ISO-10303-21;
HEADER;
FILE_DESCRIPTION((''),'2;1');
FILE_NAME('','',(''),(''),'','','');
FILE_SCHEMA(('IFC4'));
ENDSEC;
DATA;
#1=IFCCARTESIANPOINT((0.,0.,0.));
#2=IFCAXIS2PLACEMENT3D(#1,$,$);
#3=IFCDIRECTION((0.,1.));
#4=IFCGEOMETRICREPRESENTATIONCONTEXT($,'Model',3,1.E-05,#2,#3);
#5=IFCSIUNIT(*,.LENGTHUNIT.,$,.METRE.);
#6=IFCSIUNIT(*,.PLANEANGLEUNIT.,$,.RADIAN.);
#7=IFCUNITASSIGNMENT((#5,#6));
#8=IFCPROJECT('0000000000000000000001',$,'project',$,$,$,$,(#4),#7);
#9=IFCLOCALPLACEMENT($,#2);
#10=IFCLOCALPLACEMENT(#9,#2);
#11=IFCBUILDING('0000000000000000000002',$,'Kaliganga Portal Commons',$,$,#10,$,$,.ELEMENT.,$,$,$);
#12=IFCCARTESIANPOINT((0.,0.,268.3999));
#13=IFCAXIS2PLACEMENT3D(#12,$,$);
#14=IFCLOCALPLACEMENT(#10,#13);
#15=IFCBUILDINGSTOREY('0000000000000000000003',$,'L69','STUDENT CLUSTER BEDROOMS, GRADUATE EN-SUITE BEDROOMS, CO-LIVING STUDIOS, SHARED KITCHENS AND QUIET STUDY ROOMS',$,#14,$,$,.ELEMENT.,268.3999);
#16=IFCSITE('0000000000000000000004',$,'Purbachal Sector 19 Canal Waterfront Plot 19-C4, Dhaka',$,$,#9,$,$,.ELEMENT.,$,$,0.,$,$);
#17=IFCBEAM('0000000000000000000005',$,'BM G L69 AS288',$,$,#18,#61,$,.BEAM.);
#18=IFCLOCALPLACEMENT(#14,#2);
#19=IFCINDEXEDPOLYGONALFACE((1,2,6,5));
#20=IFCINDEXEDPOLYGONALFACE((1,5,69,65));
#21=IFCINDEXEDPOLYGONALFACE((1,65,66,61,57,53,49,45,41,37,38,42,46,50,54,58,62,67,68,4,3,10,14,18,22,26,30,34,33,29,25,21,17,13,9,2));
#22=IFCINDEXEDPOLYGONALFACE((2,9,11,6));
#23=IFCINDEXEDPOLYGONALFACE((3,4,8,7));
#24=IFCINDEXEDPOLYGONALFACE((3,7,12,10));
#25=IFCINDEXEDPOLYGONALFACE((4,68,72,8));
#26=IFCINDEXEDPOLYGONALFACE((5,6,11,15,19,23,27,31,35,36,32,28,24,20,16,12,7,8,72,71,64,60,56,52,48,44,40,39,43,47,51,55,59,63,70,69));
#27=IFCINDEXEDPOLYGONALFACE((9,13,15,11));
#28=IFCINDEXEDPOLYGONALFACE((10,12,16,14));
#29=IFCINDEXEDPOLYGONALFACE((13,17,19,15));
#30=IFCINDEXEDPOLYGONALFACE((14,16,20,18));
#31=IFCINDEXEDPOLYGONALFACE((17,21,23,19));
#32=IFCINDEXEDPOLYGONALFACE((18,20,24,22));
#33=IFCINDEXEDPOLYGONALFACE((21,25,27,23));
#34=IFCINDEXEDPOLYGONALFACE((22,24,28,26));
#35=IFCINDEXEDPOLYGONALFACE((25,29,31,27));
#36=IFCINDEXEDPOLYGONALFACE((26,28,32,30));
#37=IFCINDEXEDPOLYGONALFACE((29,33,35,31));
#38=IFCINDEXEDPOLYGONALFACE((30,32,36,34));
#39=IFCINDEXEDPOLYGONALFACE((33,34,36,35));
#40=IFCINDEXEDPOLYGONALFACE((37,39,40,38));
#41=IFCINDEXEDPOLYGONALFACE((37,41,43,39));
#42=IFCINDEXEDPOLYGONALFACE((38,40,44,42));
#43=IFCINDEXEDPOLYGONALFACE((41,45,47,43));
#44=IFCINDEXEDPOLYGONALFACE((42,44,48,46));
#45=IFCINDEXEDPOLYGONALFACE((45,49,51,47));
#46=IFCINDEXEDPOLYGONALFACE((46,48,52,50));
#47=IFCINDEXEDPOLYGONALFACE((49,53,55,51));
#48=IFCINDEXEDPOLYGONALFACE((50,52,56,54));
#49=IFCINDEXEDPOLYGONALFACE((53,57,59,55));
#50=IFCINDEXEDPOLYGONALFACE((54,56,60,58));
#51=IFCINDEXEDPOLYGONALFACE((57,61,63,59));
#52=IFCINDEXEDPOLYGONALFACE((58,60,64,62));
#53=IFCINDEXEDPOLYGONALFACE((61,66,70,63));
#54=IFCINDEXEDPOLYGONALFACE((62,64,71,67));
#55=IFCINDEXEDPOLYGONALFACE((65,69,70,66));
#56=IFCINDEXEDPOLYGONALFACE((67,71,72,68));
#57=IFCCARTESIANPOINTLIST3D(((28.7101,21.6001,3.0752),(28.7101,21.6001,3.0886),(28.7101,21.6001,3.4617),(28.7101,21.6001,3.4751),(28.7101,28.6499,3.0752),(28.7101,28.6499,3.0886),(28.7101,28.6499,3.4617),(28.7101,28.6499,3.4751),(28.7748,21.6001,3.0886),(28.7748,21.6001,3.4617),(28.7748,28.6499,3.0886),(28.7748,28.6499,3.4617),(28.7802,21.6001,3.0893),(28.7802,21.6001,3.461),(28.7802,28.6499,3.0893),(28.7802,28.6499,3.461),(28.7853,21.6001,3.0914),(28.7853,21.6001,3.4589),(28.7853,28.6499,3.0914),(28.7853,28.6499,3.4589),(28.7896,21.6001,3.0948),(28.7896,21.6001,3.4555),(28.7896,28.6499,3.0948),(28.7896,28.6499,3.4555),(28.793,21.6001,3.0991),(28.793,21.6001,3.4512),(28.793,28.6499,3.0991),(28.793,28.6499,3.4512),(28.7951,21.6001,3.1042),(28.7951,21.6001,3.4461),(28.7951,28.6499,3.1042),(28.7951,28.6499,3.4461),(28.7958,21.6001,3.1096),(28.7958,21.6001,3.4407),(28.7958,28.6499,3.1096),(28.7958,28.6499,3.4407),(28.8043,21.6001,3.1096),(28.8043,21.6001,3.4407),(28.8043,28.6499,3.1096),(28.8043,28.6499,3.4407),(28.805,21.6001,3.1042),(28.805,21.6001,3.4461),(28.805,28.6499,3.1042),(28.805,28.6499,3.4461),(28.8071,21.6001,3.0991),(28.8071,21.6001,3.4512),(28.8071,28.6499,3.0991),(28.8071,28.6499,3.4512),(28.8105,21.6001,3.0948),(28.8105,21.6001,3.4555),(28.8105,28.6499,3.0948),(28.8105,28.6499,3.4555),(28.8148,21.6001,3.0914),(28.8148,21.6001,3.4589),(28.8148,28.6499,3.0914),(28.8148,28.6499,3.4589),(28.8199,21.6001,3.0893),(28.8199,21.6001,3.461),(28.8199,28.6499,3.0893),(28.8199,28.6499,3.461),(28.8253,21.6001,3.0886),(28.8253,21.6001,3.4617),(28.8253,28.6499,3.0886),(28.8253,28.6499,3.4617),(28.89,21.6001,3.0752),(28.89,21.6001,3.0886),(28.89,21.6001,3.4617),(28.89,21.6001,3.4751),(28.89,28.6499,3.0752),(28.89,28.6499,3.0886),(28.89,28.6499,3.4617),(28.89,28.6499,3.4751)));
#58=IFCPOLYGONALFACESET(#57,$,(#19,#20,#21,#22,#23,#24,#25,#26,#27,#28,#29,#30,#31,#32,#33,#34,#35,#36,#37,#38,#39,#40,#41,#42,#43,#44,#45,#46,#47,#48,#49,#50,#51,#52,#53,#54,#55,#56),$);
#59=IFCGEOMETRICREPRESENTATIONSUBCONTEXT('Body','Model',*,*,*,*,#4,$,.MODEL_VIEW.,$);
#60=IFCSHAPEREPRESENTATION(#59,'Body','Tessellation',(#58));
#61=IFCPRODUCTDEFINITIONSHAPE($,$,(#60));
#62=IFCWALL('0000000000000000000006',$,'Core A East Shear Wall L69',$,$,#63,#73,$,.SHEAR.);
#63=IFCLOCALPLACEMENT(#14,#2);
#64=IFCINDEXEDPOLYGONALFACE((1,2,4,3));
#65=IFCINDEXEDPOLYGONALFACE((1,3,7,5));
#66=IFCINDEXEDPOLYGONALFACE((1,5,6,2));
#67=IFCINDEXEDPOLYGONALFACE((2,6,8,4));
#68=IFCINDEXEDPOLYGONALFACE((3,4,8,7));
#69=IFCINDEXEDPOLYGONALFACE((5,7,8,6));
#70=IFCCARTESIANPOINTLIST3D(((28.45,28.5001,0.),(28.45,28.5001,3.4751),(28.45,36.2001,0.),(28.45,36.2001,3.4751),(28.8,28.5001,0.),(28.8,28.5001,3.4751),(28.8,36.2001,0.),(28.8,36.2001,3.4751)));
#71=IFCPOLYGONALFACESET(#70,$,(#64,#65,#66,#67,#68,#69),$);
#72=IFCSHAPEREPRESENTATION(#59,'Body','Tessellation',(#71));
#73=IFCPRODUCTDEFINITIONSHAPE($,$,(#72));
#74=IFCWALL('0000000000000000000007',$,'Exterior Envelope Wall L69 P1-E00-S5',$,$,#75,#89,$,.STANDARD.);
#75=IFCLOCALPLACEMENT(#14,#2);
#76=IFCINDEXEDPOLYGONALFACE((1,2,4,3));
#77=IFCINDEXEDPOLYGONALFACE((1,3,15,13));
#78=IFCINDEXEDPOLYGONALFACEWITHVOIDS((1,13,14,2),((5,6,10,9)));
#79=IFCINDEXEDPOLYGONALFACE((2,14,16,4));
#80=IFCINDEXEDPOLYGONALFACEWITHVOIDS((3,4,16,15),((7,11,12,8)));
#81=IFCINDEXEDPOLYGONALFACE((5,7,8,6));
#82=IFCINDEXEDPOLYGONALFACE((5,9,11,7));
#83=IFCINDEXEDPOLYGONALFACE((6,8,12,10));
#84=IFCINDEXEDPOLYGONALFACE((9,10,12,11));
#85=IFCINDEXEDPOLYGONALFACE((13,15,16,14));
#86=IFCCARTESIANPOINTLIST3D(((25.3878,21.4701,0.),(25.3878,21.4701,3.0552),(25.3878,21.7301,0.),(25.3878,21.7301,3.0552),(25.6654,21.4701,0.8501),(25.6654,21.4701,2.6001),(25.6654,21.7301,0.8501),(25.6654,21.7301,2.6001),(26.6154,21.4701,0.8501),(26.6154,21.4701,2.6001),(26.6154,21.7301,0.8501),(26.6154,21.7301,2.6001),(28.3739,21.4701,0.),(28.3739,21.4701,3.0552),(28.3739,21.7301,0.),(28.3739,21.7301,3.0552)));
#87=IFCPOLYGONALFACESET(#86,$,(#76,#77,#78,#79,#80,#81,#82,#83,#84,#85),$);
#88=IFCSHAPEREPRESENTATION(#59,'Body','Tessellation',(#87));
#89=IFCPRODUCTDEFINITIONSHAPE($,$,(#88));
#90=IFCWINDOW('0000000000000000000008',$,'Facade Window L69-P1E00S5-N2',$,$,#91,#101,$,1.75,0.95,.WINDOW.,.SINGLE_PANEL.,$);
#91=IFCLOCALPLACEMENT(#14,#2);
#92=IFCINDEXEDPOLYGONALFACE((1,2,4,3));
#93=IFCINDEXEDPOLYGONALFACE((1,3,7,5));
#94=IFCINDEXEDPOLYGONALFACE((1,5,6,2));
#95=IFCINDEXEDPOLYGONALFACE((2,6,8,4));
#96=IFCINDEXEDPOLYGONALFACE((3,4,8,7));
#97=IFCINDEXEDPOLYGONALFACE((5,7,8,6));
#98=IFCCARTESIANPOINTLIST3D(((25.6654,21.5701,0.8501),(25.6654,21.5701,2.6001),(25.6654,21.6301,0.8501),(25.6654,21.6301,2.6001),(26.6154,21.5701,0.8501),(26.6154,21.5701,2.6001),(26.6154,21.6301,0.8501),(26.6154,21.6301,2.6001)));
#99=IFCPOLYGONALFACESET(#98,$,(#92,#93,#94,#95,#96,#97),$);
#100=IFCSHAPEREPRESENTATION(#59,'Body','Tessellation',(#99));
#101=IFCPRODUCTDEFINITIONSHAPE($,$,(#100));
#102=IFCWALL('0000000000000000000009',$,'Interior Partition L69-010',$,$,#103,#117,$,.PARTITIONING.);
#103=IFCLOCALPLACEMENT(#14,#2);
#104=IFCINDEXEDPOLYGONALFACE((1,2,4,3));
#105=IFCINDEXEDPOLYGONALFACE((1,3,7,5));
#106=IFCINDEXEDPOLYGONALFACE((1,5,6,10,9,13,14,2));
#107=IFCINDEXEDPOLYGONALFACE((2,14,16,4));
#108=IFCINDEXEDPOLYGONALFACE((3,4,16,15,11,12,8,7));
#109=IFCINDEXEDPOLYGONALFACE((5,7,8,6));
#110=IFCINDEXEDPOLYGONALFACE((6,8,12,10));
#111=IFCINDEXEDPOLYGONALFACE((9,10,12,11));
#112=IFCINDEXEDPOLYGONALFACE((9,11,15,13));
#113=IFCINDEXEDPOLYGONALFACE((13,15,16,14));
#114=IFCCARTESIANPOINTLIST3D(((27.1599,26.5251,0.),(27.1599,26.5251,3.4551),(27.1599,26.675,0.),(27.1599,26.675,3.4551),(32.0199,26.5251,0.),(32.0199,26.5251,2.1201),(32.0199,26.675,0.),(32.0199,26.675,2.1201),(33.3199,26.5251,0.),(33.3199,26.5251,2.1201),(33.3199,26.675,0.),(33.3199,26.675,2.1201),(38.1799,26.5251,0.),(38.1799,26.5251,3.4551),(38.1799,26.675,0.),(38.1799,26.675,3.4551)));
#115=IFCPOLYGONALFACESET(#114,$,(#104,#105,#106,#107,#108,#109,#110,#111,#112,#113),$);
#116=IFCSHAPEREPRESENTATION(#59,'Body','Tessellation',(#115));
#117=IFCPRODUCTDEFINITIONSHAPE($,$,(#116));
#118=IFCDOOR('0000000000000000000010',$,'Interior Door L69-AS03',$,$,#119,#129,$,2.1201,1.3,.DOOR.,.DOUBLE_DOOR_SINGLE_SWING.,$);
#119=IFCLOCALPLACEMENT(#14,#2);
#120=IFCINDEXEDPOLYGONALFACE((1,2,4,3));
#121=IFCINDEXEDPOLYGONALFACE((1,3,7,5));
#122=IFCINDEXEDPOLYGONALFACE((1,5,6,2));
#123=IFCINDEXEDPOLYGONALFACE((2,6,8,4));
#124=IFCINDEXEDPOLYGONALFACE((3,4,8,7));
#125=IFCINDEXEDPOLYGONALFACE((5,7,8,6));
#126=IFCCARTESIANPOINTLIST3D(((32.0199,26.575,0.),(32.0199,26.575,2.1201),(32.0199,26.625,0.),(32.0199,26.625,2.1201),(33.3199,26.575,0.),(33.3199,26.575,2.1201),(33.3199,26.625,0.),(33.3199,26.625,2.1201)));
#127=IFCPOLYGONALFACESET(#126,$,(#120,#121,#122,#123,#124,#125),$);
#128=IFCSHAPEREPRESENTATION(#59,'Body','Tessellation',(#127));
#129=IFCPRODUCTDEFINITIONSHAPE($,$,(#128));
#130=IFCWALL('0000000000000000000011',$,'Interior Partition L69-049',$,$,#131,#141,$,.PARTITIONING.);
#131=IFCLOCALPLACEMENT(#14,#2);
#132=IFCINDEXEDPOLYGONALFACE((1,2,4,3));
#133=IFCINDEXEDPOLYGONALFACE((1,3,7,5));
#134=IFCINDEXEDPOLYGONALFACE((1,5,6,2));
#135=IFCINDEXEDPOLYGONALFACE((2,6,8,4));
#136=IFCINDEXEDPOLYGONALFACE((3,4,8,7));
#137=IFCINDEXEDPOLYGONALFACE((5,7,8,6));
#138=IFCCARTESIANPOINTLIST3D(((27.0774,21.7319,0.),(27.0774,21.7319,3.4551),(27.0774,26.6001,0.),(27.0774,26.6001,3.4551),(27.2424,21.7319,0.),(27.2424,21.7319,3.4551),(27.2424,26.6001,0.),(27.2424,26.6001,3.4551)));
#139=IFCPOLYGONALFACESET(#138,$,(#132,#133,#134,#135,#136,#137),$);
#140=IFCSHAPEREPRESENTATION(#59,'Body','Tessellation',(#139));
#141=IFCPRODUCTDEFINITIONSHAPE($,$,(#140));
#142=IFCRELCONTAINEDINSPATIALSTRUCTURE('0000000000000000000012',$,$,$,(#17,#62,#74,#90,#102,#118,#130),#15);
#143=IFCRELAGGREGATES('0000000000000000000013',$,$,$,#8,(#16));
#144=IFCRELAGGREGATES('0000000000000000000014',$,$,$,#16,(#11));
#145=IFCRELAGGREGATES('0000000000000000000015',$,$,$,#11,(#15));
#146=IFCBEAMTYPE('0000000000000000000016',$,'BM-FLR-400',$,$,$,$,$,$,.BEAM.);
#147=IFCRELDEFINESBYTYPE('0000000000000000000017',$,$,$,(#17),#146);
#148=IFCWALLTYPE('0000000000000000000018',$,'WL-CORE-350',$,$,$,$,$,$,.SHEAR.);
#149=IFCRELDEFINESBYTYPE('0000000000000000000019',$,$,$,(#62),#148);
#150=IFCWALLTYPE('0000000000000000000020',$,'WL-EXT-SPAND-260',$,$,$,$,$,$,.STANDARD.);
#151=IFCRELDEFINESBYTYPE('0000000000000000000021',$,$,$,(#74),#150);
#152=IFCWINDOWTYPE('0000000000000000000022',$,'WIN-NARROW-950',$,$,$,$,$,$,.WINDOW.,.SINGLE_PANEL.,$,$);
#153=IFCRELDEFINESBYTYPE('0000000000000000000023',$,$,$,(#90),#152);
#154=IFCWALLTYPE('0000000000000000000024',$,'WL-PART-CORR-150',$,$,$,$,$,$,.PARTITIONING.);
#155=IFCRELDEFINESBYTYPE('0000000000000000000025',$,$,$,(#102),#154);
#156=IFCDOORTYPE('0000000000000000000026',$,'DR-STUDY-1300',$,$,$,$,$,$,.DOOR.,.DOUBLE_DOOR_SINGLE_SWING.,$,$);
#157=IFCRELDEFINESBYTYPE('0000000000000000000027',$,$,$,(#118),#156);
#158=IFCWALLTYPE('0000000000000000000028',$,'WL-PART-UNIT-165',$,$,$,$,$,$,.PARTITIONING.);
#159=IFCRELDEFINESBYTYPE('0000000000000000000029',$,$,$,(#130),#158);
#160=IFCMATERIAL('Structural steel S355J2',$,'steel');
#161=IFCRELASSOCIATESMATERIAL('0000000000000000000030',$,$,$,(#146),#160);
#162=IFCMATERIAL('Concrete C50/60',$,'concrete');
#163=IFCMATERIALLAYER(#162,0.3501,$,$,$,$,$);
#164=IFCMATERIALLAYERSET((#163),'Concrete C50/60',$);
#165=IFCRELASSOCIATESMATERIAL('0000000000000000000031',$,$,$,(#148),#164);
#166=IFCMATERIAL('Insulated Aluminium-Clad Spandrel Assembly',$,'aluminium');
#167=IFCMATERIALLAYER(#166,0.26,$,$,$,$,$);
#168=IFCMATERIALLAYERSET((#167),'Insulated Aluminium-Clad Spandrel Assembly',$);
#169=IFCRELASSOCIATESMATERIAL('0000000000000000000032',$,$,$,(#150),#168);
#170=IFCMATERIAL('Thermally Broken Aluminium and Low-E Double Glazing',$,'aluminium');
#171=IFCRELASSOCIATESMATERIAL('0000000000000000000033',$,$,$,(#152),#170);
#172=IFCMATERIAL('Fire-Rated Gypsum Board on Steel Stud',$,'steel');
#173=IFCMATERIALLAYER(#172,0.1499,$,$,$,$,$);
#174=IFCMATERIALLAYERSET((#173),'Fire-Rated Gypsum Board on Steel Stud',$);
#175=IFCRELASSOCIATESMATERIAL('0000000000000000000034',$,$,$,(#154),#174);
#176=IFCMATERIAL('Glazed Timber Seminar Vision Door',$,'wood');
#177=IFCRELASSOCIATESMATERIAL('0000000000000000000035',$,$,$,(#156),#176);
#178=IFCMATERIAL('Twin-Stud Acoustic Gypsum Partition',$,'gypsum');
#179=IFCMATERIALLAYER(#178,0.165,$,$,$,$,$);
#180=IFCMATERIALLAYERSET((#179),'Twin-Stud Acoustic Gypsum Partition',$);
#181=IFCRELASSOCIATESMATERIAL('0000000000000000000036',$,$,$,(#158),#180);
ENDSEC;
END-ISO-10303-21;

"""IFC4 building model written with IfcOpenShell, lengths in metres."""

from ifc_helpers import new_model, si_unit, direction, frame, frame_2d, origin, origin_2d, place, context, subcontext, project, spatial, rectangle, i_section, extrude, source, transform, mapped, material, layer, layer_set, material_profile, profile_set, type_object, element, fill, save


model = new_model("IFC4")

# Units and contexts
model_context = context("Model", 3, precision=1e-05, world=origin(), true_north=direction((0.0, 1.0)))
body_context = subcontext(model_context, "Body", "Model", "MODEL_VIEW")
ifc_project = project(units=[si_unit("LENGTHUNIT", "METRE"), si_unit("PLANEANGLEUNIT", "RADIAN")], contexts=[model_context])

# Site, building, storey
site_placement = place(None, origin())
site = spatial("IfcSite", under=ifc_project, at=site_placement, Name="Purbachal Sector 19 Canal Waterfront Plot 19-C4, Dhaka", CompositionType="ELEMENT", RefElevation=0.0)
building_placement = place(site_placement, origin())
building = spatial("IfcBuilding", under=site, at=building_placement, Name="Kaliganga Portal Commons", CompositionType="ELEMENT")
storey_placement = place(building_placement, frame((0.0, 0.0, 268.3999)))
storey = spatial("IfcBuildingStorey", under=building, at=storey_placement, Name="L69", Description="STUDENT CLUSTER BEDROOMS, GRADUATE EN-SUITE BEDROOMS, CO-LIVING STUDIOS, SHARED KITCHENS AND QUIET STUDY ROOMS", CompositionType="ELEMENT", Elevation=268.3999)

# Shared definitions
ifc_material_1 = material(Name="Concrete C50/60", Category="concrete")

# Beam
ifc_material_2 = material(Name="Structural steel S355J2", Category="steel")
ifc_material_profile_1 = material_profile(ifc_material_2, i_section(OverallWidth=0.1799, OverallDepth=0.3999, WebThickness=0.0085, FlangeThickness=0.0134, FilletRadius=0.021, at=origin_2d()), Name="IPE 400")
ifc_profile_set_1 = profile_set([ifc_material_profile_1], Name="Structural steel S355J2 wide-flange")
beam_type_1 = type_object("IfcBeamType", Name="BM-FLR-400", PredefinedType="BEAM", material=ifc_profile_set_1)
shared_shape_1 = source(origin(), body_context, "Body", "SweptSolid", [
    extrude(i_section(OverallWidth=0.1799, OverallDepth=0.3999, WebThickness=0.0085, FlangeThickness=0.0134, FilletRadius=0.021, at=origin_2d()), origin(), (0.0, 0.0, 1.0), 7.0498),
])
beam_1_placement = place(storey_placement, frame((28.8, 21.6001, 3.2751), z_axis=(0.0, 1.0, 0.0), x_axis=(-1.0, 0.0, 0.0)))
element("IfcBeam", 1, at=beam_1_placement, inside=storey, type_object=beam_type_1, Name="BM G L69 AS288", PredefinedType="BEAM", context=body_context, shape_type="MappedRepresentation", body=[
    mapped(shared_shape_1, transform((0.0, 0.0, 0.0), x_axis=(1.0, 0.0, 0.0), y_axis=(0.0, 1.0, 0.0), z_axis=(0.0, 0.0, 1.0), scale=1.0)),
])

# Wall
ifc_layer_1 = layer(ifc_material_1, 0.3501)
ifc_layer_set_1 = layer_set([ifc_layer_1], Name="Concrete C50/60")
wall_type_1 = type_object("IfcWallType", Name="WL-CORE-350", PredefinedType="SHEAR", material=ifc_layer_set_1)
wall_1_placement = place(storey_placement, frame((28.625, 28.5, 0.0), z_axis=(0.0, 0.0, 1.0), x_axis=(0.0, 1.0, 0.0)))
element("IfcWall", 2, at=wall_1_placement, inside=storey, type_object=wall_type_1, Name="Core A East Shear Wall L69", PredefinedType="SHEAR", context=body_context, shape_type="SweptSolid", body=[
    extrude(rectangle(XDim=7.7, YDim=0.3501, at=frame_2d((3.8501, 0.0))), origin(), (0.0, 0.0, 1.0), 3.4751),
])

# Wall, opening, window
ifc_material_3 = material(Name="Insulated Aluminium-Clad Spandrel Assembly", Category="aluminium")
ifc_layer_2 = layer(ifc_material_3, 0.26)
ifc_layer_set_2 = layer_set([ifc_layer_2], Name="Insulated Aluminium-Clad Spandrel Assembly")
wall_type_2 = type_object("IfcWallType", Name="WL-EXT-SPAND-260", PredefinedType="STANDARD", material=ifc_layer_set_2)
wall_2_placement = place(storey_placement, frame((28.374, 21.6001, 0.0), z_axis=(0.0, 0.0, 1.0), x_axis=(-1.0, 0.0, 0.0)))
wall_2 = element("IfcWall", 3, at=wall_2_placement, inside=storey, type_object=wall_type_2, Name="Exterior Envelope Wall L69 P1-E00-S5", PredefinedType="STANDARD", context=body_context, shape_type="SweptSolid", body=[
    extrude(rectangle(XDim=2.9861, YDim=0.26, at=frame_2d((1.4932, 0.0))), origin(), (0.0, 0.0, 1.0), 3.0552),
])
opening_1_placement = place(wall_2_placement, frame((1.7585, 0.0, 0.8501)))
opening_1 = element("IfcOpeningElement", 4, at=opening_1_placement, cuts=wall_2, PredefinedType="OPENING", context=body_context, shape_type="SweptSolid", body=[
    extrude(rectangle(XDim=0.95, YDim=1.75, at=frame_2d((0.4751, 0.875))), frame((0.0, 0.1401, 0.0), z_axis=(0.0, -1.0, 0.0), x_axis=(1.0, 0.0, 0.0)), (0.0, 0.0, 1.0), 0.28),
])
ifc_material_4 = material(Name="Thermally Broken Aluminium and Low-E Double Glazing", Category="aluminium")
window_type = type_object("IfcWindowType", Name="WIN-NARROW-950", PartitioningType="SINGLE_PANEL", PredefinedType="WINDOW", material=ifc_material_4)
window_placement = place(opening_1_placement, origin())
window = element("IfcWindow", 5, at=window_placement, inside=storey, type_object=window_type, Name="Facade Window L69-P1E00S5-N2", OverallHeight=1.75, OverallWidth=0.95, PartitioningType="SINGLE_PANEL", PredefinedType="WINDOW", context=body_context, shape_type="SweptSolid", body=[
    extrude(rectangle(XDim=0.95, YDim=1.75, at=frame_2d((0.4751, 0.875))), frame((0.0, 0.03, 0.0), z_axis=(0.0, -1.0, 0.0), x_axis=(1.0, 0.0, 0.0)), (0.0, 0.0, 1.0), 0.0601),
])
fill(opening_1, window)

# Wall, opening, door
ifc_material_5 = material(Name="Fire-Rated Gypsum Board on Steel Stud", Category="steel")
ifc_layer_3 = layer(ifc_material_5, 0.1499)
ifc_layer_set_3 = layer_set([ifc_layer_3], Name="Fire-Rated Gypsum Board on Steel Stud")
wall_type_3 = type_object("IfcWallType", Name="WL-PART-CORR-150", PredefinedType="PARTITIONING", material=ifc_layer_set_3)
wall_3_placement = place(storey_placement, frame((27.1599, 26.6001, 0.0), z_axis=(0.0, 0.0, 1.0), x_axis=(1.0, 0.0, 0.0)))
wall_3 = element("IfcWall", 6, at=wall_3_placement, inside=storey, type_object=wall_type_3, Name="Interior Partition L69-010", PredefinedType="PARTITIONING", context=body_context, shape_type="SweptSolid", body=[
    extrude(rectangle(XDim=11.02, YDim=0.1499, at=frame_2d((5.51, 0.0))), origin(), (0.0, 0.0, 1.0), 3.4551),
])
opening_2_placement = place(wall_3_placement, frame((4.8601, 0.0, 0.0)))
opening_2 = element("IfcOpeningElement", 7, at=opening_2_placement, cuts=wall_3, PredefinedType="OPENING", context=body_context, shape_type="SweptSolid", body=[
    extrude(rectangle(XDim=1.3, YDim=2.1201, at=frame_2d((0.6499, 1.0601))), frame((0.0, 0.085, 0.0), z_axis=(0.0, -1.0, 0.0), x_axis=(1.0, 0.0, 0.0)), (0.0, 0.0, 1.0), 0.1699),
])
ifc_material_6 = material(Name="Glazed Timber Seminar Vision Door", Category="wood")
door_type_1 = type_object("IfcDoorType", Name="DR-STUDY-1300", OperationType="DOUBLE_DOOR_SINGLE_SWING", PredefinedType="DOOR", material=ifc_material_6)
door_1_placement = place(opening_2_placement, origin())
door_1 = element("IfcDoor", 8, at=door_1_placement, inside=storey, type_object=door_type_1, Name="Interior Door L69-AS03", OperationType="DOUBLE_DOOR_SINGLE_SWING", OverallHeight=2.1201, OverallWidth=1.3, PredefinedType="DOOR", context=body_context, shape_type="SweptSolid", body=[
    extrude(rectangle(XDim=1.3, YDim=2.1201, at=frame_2d((0.6499, 1.0601))), frame((0.0, 0.0249, 0.0), z_axis=(0.0, -1.0, 0.0), x_axis=(1.0, 0.0, 0.0)), (0.0, 0.0, 1.0), 0.05),
])
fill(opening_2, door_1)

# Wall
ifc_material_7 = material(Name="Twin-Stud Acoustic Gypsum Partition", Category="gypsum")
ifc_layer_4 = layer(ifc_material_7, 0.165)
ifc_layer_set_4 = layer_set([ifc_layer_4], Name="Twin-Stud Acoustic Gypsum Partition")
wall_type_4 = type_object("IfcWallType", Name="WL-PART-UNIT-165", PredefinedType="PARTITIONING", material=ifc_layer_set_4)
wall_4_placement = place(storey_placement, frame((27.1599, 21.7319, 0.0), z_axis=(0.0, 0.0, 1.0), x_axis=(0.0, 1.0, 0.0)))
element("IfcWall", 9, at=wall_4_placement, inside=storey, type_object=wall_type_4, Name="Interior Partition L69-049", PredefinedType="PARTITIONING", context=body_context, shape_type="SweptSolid", body=[
    extrude(rectangle(XDim=4.8682, YDim=0.165, at=frame_2d((2.4341, 0.0))), origin(), (0.0, 0.0, 1.0), 3.4551),
])

save(model, "model.ifc")
